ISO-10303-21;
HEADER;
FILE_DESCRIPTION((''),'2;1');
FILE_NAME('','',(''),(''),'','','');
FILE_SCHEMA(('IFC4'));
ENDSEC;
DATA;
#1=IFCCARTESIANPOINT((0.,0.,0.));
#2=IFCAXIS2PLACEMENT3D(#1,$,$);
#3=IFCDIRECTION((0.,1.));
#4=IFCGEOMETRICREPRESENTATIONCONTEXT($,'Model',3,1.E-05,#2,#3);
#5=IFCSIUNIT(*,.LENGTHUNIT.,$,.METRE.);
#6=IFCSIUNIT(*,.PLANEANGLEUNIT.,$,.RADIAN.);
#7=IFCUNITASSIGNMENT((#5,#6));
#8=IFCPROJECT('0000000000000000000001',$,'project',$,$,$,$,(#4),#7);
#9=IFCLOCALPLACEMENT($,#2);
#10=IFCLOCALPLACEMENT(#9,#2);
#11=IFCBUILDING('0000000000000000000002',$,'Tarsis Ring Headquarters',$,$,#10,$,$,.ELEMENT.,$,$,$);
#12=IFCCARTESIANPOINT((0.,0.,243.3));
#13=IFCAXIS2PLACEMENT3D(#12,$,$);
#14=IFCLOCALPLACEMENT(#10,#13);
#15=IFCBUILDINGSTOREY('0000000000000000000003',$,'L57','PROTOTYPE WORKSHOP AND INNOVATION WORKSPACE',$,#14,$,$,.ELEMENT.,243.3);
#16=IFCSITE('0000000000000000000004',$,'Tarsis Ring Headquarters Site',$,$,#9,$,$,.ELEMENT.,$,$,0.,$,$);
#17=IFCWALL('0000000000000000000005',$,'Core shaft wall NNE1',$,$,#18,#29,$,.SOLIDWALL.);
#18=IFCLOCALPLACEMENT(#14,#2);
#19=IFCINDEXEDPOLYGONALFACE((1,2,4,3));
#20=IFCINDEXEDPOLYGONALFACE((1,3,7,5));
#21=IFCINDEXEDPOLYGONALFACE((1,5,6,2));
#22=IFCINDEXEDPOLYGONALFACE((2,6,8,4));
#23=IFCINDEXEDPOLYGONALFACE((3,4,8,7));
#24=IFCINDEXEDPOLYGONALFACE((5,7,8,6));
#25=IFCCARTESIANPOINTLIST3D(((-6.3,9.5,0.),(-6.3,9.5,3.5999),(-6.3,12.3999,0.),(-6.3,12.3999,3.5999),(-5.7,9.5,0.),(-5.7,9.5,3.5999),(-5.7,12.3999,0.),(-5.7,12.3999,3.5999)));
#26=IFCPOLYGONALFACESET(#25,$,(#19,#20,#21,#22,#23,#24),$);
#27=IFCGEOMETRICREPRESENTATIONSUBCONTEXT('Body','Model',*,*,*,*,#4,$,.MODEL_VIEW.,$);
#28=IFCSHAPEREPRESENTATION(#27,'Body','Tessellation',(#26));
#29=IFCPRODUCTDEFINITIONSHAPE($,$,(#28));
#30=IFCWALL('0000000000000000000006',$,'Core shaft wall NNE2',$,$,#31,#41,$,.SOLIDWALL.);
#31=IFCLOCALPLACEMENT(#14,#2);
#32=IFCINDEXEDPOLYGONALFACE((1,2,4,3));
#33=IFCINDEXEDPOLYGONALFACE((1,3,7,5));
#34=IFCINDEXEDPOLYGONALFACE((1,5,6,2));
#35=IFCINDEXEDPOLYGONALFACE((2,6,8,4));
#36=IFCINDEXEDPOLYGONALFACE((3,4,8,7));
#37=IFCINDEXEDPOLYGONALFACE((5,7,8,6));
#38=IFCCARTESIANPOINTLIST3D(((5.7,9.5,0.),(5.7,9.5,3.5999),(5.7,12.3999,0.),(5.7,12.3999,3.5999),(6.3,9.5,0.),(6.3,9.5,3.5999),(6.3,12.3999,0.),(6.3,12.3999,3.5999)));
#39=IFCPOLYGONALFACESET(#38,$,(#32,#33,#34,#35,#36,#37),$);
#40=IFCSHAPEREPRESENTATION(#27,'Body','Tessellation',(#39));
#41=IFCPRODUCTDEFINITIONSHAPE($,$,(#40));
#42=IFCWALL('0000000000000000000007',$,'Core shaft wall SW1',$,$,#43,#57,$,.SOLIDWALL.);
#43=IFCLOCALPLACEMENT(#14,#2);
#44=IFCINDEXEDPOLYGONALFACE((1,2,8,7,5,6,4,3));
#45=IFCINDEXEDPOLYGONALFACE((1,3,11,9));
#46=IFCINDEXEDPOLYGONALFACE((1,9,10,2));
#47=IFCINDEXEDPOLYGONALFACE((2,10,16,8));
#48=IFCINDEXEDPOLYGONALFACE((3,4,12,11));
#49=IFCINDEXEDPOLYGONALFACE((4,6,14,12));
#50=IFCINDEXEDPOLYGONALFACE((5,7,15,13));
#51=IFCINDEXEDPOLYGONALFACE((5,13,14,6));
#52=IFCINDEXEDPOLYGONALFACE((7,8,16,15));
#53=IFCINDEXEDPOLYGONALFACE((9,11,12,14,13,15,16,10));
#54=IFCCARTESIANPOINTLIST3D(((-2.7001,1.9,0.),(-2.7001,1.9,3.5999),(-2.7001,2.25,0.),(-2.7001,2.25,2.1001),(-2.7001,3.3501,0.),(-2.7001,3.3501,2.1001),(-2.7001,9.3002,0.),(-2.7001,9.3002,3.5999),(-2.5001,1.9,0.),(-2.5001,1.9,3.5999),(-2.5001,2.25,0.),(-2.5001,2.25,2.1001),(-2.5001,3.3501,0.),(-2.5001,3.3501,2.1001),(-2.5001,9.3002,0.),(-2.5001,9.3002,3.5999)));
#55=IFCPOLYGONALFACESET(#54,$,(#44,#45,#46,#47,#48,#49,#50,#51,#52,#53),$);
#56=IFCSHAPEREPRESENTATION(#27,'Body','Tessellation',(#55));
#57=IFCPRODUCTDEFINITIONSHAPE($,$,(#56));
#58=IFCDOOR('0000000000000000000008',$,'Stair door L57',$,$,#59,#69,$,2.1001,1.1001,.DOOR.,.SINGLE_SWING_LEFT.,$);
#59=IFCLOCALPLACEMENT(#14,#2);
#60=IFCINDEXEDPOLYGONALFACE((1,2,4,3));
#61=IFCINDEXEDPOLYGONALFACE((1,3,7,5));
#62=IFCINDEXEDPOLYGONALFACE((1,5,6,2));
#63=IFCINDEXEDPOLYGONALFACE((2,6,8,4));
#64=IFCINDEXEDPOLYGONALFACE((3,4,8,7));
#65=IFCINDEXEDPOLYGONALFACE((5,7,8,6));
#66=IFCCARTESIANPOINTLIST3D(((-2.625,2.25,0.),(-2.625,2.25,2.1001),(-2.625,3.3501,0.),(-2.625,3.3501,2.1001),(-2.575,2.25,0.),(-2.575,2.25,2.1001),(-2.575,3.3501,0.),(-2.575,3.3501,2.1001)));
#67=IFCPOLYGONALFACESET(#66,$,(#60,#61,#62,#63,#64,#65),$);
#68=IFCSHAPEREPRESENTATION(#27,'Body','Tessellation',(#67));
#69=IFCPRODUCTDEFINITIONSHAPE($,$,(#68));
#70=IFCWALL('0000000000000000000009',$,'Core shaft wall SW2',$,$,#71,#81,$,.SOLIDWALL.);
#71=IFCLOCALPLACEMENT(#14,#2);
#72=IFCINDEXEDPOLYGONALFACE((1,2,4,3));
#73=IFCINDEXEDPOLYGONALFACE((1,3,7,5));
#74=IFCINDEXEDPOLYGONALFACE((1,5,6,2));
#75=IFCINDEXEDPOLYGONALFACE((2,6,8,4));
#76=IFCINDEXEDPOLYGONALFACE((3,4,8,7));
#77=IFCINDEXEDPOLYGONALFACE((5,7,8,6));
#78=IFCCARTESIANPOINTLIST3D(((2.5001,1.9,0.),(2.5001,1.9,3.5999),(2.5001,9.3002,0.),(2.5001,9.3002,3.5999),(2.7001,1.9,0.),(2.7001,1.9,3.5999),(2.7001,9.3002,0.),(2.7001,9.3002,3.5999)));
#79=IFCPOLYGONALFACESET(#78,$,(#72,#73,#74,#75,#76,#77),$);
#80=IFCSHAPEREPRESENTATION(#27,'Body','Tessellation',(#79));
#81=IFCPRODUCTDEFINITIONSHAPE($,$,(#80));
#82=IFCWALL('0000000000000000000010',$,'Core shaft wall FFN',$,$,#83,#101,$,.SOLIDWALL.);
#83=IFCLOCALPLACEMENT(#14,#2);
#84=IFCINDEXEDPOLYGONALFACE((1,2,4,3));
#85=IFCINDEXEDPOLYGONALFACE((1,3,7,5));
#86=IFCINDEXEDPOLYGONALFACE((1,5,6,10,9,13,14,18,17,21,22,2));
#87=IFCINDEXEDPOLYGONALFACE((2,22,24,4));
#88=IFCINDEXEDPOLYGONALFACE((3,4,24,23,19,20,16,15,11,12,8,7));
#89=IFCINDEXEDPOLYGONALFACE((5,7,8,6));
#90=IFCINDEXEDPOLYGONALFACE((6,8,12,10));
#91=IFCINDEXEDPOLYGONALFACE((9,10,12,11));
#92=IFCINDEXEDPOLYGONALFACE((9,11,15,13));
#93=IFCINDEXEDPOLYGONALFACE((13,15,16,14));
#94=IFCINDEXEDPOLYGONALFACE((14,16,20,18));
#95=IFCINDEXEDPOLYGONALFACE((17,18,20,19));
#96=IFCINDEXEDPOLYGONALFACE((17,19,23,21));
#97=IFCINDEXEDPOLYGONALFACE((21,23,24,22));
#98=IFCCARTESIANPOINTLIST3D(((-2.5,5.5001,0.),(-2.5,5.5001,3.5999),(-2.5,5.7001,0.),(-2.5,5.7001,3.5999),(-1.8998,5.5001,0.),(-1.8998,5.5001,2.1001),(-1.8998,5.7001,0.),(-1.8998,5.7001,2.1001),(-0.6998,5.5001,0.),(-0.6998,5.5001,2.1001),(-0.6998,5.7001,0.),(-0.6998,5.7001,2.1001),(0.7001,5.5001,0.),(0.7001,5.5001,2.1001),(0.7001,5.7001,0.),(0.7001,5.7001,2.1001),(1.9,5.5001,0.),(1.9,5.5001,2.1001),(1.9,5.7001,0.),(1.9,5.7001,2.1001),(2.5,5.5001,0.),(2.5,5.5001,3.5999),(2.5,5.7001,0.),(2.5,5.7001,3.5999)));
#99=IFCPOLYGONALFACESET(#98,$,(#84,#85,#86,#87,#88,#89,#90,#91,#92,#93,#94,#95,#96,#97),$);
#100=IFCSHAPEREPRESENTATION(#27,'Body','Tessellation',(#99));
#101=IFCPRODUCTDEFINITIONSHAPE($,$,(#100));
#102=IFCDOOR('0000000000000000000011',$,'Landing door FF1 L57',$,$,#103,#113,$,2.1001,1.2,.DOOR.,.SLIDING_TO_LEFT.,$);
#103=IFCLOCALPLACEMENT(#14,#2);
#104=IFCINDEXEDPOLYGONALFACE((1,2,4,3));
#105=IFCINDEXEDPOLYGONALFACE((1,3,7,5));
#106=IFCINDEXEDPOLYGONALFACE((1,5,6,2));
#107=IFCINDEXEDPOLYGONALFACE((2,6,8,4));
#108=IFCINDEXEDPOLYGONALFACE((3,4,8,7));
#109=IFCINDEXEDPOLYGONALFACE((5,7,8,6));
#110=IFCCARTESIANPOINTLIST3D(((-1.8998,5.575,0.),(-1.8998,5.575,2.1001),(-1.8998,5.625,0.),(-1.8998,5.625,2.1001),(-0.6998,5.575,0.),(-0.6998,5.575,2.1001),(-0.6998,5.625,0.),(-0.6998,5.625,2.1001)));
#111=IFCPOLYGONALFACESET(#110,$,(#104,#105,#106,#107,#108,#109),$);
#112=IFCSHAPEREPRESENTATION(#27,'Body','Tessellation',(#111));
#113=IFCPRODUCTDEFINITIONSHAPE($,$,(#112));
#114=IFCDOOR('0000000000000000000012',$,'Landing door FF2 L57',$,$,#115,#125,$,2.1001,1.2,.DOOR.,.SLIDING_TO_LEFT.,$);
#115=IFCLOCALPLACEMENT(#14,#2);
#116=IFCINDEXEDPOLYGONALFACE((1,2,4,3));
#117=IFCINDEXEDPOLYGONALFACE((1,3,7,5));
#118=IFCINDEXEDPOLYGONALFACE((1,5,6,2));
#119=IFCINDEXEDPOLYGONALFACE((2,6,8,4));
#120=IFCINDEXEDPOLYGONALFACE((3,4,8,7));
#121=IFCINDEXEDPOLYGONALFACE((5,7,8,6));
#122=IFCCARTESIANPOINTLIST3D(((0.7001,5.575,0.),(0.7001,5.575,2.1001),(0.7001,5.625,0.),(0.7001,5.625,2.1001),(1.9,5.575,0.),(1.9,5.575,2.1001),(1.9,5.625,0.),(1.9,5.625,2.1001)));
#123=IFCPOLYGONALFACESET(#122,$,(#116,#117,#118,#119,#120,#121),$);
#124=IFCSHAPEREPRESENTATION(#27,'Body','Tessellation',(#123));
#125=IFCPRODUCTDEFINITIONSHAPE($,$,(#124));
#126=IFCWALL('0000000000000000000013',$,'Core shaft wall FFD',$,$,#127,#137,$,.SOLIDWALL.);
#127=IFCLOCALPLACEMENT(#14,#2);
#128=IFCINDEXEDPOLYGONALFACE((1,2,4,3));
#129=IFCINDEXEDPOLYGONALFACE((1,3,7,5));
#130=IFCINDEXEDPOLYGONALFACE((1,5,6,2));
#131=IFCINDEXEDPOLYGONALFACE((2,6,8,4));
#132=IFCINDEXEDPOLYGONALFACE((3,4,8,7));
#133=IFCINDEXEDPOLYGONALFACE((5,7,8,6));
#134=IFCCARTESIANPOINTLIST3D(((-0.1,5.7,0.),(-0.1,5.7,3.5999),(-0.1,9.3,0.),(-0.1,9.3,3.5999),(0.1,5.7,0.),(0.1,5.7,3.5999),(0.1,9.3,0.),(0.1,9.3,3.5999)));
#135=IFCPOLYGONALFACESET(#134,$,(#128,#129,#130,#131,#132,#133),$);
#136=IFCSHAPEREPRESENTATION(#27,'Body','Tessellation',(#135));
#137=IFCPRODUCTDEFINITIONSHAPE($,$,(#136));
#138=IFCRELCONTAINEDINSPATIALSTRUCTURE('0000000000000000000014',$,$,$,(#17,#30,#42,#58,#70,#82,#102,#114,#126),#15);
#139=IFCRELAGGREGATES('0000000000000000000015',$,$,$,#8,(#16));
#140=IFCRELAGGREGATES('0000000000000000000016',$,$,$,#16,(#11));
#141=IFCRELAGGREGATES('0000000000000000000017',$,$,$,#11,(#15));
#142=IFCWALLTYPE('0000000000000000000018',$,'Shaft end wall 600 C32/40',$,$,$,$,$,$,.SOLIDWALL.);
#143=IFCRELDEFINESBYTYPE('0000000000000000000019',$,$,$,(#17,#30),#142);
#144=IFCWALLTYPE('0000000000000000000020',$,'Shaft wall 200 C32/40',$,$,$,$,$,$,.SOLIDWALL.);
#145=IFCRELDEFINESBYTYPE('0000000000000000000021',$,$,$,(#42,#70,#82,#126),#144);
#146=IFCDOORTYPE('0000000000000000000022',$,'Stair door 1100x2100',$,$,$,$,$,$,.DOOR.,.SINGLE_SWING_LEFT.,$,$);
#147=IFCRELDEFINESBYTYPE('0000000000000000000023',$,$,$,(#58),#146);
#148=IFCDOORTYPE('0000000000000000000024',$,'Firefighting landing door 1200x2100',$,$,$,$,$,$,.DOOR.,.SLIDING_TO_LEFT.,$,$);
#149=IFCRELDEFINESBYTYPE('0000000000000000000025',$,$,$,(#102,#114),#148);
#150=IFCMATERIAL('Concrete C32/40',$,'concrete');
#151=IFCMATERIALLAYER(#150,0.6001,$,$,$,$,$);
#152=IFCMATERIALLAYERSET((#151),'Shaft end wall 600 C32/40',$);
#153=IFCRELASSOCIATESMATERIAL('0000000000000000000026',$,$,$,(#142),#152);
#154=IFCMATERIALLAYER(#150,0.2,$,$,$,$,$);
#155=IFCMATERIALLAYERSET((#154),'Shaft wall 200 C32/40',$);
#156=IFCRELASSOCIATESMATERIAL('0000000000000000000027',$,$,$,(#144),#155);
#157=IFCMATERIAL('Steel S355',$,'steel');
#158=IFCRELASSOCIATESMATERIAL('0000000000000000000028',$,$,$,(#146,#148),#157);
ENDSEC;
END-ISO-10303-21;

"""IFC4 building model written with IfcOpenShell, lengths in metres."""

from ifc_helpers import new_model, si_unit, direction, frame, frame_2d, origin, place, context, subcontext, project, spatial, rectangle, extrude, material, layer, layer_set, type_object, element, fill, save


model = new_model("IFC4")

# Units and contexts
model_context = context("Model", 3, precision=1e-05, world=origin(), true_north=direction((0.0, 1.0)))
body_context = subcontext(model_context, "Body", "Model", "MODEL_VIEW")
ifc_project = project(units=[si_unit("LENGTHUNIT", "METRE"), si_unit("PLANEANGLEUNIT", "RADIAN")], contexts=[model_context])

# Site, building, storey
site_placement = place(None, origin())
site = spatial("IfcSite", under=ifc_project, at=site_placement, Name="Tarsis Ring Headquarters Site", CompositionType="ELEMENT", RefElevation=0.0)
building_placement = place(site_placement, origin())
building = spatial("IfcBuilding", under=site, at=building_placement, Name="Tarsis Ring Headquarters", CompositionType="ELEMENT")
storey_placement = place(building_placement, frame((0.0, 0.0, 243.3)))
storey = spatial("IfcBuildingStorey", under=building, at=storey_placement, Name="L57", Description="PROTOTYPE WORKSHOP AND INNOVATION WORKSPACE", CompositionType="ELEMENT", Elevation=243.3)

# Walls
ifc_material_1 = material(Name="Concrete C32/40", Category="concrete")
ifc_layer_1 = layer(ifc_material_1, 0.6001)
ifc_layer_set_1 = layer_set([ifc_layer_1], Name="Shaft end wall 600 C32/40")
wall_type_1 = type_object("IfcWallType", Name="Shaft end wall 600 C32/40", PredefinedType="SOLIDWALL", material=ifc_layer_set_1)
for number, where, z_axis, x_axis, name in (
    (1, (-6.0, 9.5, 0.0), (0.0, 0.0, 1.0), (0.0, 1.0, 0.0), "Core shaft wall NNE1"),
    (2, (6.0, 9.5, 0.0), (0.0, 0.0, 1.0), (0.0, 1.0, 0.0), "Core shaft wall NNE2"),
):
    element("IfcWall", number, at=place(storey_placement, frame(where, z_axis=z_axis, x_axis=x_axis)), inside=storey, type_object=wall_type_1, Name=name, PredefinedType="SOLIDWALL", context=body_context, shape_type="SweptSolid", body=[
        extrude(rectangle(XDim=2.8999, YDim=0.6001, at=frame_2d((1.45, 0.0))), origin(), (0.0, 0.0, 1.0), 3.5999),
    ])

# Wall, opening, door
ifc_layer_2 = layer(ifc_material_1, 0.2)
ifc_layer_set_2 = layer_set([ifc_layer_2], Name="Shaft wall 200 C32/40")
wall_type_2 = type_object("IfcWallType", Name="Shaft wall 200 C32/40", PredefinedType="SOLIDWALL", material=ifc_layer_set_2)
wall_1_placement = place(storey_placement, frame((-2.6001, 1.8999, 0.0), z_axis=(0.0, 0.0, 1.0), x_axis=(0.0, 1.0, 0.0)))
wall_1 = element("IfcWall", 3, at=wall_1_placement, inside=storey, type_object=wall_type_2, Name="Core shaft wall SW1", PredefinedType="SOLIDWALL", context=body_context, shape_type="SweptSolid", body=[
    extrude(rectangle(XDim=7.4001, YDim=0.2, at=frame_2d((3.7002, 0.0))), origin(), (0.0, 0.0, 1.0), 3.5999),
])
opening_1_placement = place(wall_1_placement, frame((0.3501, 0.0, 0.0)))
opening_1 = element("IfcOpeningElement", 4, at=opening_1_placement, cuts=wall_1, PredefinedType="OPENING", context=body_context, shape_type="SweptSolid", body=[
    extrude(rectangle(XDim=1.1001, YDim=2.1001, at=frame_2d((0.55, 1.05))), frame((0.0, 0.1099, 0.0), z_axis=(0.0, -1.0, 0.0), x_axis=(1.0, 0.0, 0.0)), (0.0, 0.0, 1.0), 0.22),
])
ifc_material_2 = material(Name="Steel S355", Category="steel")
door_type_1 = type_object("IfcDoorType", Name="Stair door 1100x2100", OperationType="SINGLE_SWING_LEFT", PredefinedType="DOOR", material=ifc_material_2)
door_1_placement = place(opening_1_placement, origin())
door_1 = element("IfcDoor", 5, at=door_1_placement, inside=storey, type_object=door_type_1, Name="Stair door L57", OperationType="SINGLE_SWING_LEFT", OverallHeight=2.1001, OverallWidth=1.1001, PredefinedType="DOOR", context=body_context, shape_type="SweptSolid", body=[
    extrude(rectangle(XDim=1.1001, YDim=2.1001, at=frame_2d((0.55, 1.05))), frame((0.0, 0.0249, 0.0), z_axis=(0.0, -1.0, 0.0), x_axis=(1.0, 0.0, 0.0)), (0.0, 0.0, 1.0), 0.05),
])
fill(opening_1, door_1)

# Wall
wall_2_placement = place(storey_placement, frame((2.6001, 1.8999, 0.0), z_axis=(0.0, 0.0, 1.0), x_axis=(0.0, 1.0, 0.0)))
element("IfcWall", 6, at=wall_2_placement, inside=storey, type_object=wall_type_2, Name="Core shaft wall SW2", PredefinedType="SOLIDWALL", context=body_context, shape_type="SweptSolid", body=[
    extrude(rectangle(XDim=7.4001, YDim=0.2, at=frame_2d((3.7002, 0.0))), origin(), (0.0, 0.0, 1.0), 3.5999),
])

# Wall, openings, doors
wall_3_placement = place(storey_placement, frame((-2.5, 5.6001, 0.0), z_axis=(0.0, 0.0, 1.0), x_axis=(1.0, 0.0, 0.0)))
wall_3 = element("IfcWall", 7, at=wall_3_placement, inside=storey, type_object=wall_type_2, Name="Core shaft wall FFN", PredefinedType="SOLIDWALL", context=body_context, shape_type="SweptSolid", body=[
    extrude(rectangle(XDim=5.0, YDim=0.2, at=frame_2d((2.5, 0.0))), origin(), (0.0, 0.0, 1.0), 3.5999),
])
opening_2_placement = place(wall_3_placement, frame((0.6001, 0.0, 0.0)))
opening_2 = element("IfcOpeningElement", 8, at=opening_2_placement, cuts=wall_3, PredefinedType="OPENING", context=body_context, shape_type="SweptSolid", body=[
    extrude(rectangle(XDim=1.2, YDim=2.1001, at=frame_2d((0.6001, 1.05))), frame((0.0, 0.1099, 0.0), z_axis=(0.0, -1.0, 0.0), x_axis=(1.0, 0.0, 0.0)), (0.0, 0.0, 1.0), 0.22),
])
opening_3_placement = place(wall_3_placement, frame((3.2, 0.0, 0.0)))
opening_3 = element("IfcOpeningElement", 9, at=opening_3_placement, cuts=wall_3, PredefinedType="OPENING", context=body_context, shape_type="SweptSolid", body=[
    extrude(rectangle(XDim=1.2, YDim=2.1001, at=frame_2d((0.6001, 1.05))), frame((0.0, 0.1099, 0.0), z_axis=(0.0, -1.0, 0.0), x_axis=(1.0, 0.0, 0.0)), (0.0, 0.0, 1.0), 0.22),
])
door_type_2 = type_object("IfcDoorType", Name="Firefighting landing door 1200x2100", OperationType="SLIDING_TO_LEFT", PredefinedType="DOOR", material=ifc_material_2)
door_2_placement = place(opening_2_placement, origin())
door_2 = element("IfcDoor", 10, at=door_2_placement, inside=storey, type_object=door_type_2, Name="Landing door FF1 L57", OperationType="SLIDING_TO_LEFT", OverallHeight=2.1001, OverallWidth=1.2, PredefinedType="DOOR", context=body_context, shape_type="SweptSolid", body=[
    extrude(rectangle(XDim=1.2, YDim=2.1001, at=frame_2d((0.6001, 1.05))), frame((0.0, 0.0249, 0.0), z_axis=(0.0, -1.0, 0.0), x_axis=(1.0, 0.0, 0.0)), (0.0, 0.0, 1.0), 0.05),
])
fill(opening_2, door_2)
door_3_placement = place(opening_3_placement, origin())
door_3 = element("IfcDoor", 11, at=door_3_placement, inside=storey, type_object=door_type_2, Name="Landing door FF2 L57", OperationType="SLIDING_TO_LEFT", OverallHeight=2.1001, OverallWidth=1.2, PredefinedType="DOOR", context=body_context, shape_type="SweptSolid", body=[
    extrude(rectangle(XDim=1.2, YDim=2.1001, at=frame_2d((0.6001, 1.05))), frame((0.0, 0.0249, 0.0), z_axis=(0.0, -1.0, 0.0), x_axis=(1.0, 0.0, 0.0)), (0.0, 0.0, 1.0), 0.05),
])
fill(opening_3, door_3)

# Wall
wall_4_placement = place(storey_placement, frame((0.0, 5.7, 0.0), z_axis=(0.0, 0.0, 1.0), x_axis=(0.0, 1.0, 0.0)))
element("IfcWall", 12, at=wall_4_placement, inside=storey, type_object=wall_type_2, Name="Core shaft wall FFD", PredefinedType="SOLIDWALL", context=body_context, shape_type="SweptSolid", body=[
    extrude(rectangle(XDim=3.6001, YDim=0.2, at=frame_2d((1.8, 0.0))), origin(), (0.0, 0.0, 1.0), 3.5999),
])

save(model, "model.ifc")
